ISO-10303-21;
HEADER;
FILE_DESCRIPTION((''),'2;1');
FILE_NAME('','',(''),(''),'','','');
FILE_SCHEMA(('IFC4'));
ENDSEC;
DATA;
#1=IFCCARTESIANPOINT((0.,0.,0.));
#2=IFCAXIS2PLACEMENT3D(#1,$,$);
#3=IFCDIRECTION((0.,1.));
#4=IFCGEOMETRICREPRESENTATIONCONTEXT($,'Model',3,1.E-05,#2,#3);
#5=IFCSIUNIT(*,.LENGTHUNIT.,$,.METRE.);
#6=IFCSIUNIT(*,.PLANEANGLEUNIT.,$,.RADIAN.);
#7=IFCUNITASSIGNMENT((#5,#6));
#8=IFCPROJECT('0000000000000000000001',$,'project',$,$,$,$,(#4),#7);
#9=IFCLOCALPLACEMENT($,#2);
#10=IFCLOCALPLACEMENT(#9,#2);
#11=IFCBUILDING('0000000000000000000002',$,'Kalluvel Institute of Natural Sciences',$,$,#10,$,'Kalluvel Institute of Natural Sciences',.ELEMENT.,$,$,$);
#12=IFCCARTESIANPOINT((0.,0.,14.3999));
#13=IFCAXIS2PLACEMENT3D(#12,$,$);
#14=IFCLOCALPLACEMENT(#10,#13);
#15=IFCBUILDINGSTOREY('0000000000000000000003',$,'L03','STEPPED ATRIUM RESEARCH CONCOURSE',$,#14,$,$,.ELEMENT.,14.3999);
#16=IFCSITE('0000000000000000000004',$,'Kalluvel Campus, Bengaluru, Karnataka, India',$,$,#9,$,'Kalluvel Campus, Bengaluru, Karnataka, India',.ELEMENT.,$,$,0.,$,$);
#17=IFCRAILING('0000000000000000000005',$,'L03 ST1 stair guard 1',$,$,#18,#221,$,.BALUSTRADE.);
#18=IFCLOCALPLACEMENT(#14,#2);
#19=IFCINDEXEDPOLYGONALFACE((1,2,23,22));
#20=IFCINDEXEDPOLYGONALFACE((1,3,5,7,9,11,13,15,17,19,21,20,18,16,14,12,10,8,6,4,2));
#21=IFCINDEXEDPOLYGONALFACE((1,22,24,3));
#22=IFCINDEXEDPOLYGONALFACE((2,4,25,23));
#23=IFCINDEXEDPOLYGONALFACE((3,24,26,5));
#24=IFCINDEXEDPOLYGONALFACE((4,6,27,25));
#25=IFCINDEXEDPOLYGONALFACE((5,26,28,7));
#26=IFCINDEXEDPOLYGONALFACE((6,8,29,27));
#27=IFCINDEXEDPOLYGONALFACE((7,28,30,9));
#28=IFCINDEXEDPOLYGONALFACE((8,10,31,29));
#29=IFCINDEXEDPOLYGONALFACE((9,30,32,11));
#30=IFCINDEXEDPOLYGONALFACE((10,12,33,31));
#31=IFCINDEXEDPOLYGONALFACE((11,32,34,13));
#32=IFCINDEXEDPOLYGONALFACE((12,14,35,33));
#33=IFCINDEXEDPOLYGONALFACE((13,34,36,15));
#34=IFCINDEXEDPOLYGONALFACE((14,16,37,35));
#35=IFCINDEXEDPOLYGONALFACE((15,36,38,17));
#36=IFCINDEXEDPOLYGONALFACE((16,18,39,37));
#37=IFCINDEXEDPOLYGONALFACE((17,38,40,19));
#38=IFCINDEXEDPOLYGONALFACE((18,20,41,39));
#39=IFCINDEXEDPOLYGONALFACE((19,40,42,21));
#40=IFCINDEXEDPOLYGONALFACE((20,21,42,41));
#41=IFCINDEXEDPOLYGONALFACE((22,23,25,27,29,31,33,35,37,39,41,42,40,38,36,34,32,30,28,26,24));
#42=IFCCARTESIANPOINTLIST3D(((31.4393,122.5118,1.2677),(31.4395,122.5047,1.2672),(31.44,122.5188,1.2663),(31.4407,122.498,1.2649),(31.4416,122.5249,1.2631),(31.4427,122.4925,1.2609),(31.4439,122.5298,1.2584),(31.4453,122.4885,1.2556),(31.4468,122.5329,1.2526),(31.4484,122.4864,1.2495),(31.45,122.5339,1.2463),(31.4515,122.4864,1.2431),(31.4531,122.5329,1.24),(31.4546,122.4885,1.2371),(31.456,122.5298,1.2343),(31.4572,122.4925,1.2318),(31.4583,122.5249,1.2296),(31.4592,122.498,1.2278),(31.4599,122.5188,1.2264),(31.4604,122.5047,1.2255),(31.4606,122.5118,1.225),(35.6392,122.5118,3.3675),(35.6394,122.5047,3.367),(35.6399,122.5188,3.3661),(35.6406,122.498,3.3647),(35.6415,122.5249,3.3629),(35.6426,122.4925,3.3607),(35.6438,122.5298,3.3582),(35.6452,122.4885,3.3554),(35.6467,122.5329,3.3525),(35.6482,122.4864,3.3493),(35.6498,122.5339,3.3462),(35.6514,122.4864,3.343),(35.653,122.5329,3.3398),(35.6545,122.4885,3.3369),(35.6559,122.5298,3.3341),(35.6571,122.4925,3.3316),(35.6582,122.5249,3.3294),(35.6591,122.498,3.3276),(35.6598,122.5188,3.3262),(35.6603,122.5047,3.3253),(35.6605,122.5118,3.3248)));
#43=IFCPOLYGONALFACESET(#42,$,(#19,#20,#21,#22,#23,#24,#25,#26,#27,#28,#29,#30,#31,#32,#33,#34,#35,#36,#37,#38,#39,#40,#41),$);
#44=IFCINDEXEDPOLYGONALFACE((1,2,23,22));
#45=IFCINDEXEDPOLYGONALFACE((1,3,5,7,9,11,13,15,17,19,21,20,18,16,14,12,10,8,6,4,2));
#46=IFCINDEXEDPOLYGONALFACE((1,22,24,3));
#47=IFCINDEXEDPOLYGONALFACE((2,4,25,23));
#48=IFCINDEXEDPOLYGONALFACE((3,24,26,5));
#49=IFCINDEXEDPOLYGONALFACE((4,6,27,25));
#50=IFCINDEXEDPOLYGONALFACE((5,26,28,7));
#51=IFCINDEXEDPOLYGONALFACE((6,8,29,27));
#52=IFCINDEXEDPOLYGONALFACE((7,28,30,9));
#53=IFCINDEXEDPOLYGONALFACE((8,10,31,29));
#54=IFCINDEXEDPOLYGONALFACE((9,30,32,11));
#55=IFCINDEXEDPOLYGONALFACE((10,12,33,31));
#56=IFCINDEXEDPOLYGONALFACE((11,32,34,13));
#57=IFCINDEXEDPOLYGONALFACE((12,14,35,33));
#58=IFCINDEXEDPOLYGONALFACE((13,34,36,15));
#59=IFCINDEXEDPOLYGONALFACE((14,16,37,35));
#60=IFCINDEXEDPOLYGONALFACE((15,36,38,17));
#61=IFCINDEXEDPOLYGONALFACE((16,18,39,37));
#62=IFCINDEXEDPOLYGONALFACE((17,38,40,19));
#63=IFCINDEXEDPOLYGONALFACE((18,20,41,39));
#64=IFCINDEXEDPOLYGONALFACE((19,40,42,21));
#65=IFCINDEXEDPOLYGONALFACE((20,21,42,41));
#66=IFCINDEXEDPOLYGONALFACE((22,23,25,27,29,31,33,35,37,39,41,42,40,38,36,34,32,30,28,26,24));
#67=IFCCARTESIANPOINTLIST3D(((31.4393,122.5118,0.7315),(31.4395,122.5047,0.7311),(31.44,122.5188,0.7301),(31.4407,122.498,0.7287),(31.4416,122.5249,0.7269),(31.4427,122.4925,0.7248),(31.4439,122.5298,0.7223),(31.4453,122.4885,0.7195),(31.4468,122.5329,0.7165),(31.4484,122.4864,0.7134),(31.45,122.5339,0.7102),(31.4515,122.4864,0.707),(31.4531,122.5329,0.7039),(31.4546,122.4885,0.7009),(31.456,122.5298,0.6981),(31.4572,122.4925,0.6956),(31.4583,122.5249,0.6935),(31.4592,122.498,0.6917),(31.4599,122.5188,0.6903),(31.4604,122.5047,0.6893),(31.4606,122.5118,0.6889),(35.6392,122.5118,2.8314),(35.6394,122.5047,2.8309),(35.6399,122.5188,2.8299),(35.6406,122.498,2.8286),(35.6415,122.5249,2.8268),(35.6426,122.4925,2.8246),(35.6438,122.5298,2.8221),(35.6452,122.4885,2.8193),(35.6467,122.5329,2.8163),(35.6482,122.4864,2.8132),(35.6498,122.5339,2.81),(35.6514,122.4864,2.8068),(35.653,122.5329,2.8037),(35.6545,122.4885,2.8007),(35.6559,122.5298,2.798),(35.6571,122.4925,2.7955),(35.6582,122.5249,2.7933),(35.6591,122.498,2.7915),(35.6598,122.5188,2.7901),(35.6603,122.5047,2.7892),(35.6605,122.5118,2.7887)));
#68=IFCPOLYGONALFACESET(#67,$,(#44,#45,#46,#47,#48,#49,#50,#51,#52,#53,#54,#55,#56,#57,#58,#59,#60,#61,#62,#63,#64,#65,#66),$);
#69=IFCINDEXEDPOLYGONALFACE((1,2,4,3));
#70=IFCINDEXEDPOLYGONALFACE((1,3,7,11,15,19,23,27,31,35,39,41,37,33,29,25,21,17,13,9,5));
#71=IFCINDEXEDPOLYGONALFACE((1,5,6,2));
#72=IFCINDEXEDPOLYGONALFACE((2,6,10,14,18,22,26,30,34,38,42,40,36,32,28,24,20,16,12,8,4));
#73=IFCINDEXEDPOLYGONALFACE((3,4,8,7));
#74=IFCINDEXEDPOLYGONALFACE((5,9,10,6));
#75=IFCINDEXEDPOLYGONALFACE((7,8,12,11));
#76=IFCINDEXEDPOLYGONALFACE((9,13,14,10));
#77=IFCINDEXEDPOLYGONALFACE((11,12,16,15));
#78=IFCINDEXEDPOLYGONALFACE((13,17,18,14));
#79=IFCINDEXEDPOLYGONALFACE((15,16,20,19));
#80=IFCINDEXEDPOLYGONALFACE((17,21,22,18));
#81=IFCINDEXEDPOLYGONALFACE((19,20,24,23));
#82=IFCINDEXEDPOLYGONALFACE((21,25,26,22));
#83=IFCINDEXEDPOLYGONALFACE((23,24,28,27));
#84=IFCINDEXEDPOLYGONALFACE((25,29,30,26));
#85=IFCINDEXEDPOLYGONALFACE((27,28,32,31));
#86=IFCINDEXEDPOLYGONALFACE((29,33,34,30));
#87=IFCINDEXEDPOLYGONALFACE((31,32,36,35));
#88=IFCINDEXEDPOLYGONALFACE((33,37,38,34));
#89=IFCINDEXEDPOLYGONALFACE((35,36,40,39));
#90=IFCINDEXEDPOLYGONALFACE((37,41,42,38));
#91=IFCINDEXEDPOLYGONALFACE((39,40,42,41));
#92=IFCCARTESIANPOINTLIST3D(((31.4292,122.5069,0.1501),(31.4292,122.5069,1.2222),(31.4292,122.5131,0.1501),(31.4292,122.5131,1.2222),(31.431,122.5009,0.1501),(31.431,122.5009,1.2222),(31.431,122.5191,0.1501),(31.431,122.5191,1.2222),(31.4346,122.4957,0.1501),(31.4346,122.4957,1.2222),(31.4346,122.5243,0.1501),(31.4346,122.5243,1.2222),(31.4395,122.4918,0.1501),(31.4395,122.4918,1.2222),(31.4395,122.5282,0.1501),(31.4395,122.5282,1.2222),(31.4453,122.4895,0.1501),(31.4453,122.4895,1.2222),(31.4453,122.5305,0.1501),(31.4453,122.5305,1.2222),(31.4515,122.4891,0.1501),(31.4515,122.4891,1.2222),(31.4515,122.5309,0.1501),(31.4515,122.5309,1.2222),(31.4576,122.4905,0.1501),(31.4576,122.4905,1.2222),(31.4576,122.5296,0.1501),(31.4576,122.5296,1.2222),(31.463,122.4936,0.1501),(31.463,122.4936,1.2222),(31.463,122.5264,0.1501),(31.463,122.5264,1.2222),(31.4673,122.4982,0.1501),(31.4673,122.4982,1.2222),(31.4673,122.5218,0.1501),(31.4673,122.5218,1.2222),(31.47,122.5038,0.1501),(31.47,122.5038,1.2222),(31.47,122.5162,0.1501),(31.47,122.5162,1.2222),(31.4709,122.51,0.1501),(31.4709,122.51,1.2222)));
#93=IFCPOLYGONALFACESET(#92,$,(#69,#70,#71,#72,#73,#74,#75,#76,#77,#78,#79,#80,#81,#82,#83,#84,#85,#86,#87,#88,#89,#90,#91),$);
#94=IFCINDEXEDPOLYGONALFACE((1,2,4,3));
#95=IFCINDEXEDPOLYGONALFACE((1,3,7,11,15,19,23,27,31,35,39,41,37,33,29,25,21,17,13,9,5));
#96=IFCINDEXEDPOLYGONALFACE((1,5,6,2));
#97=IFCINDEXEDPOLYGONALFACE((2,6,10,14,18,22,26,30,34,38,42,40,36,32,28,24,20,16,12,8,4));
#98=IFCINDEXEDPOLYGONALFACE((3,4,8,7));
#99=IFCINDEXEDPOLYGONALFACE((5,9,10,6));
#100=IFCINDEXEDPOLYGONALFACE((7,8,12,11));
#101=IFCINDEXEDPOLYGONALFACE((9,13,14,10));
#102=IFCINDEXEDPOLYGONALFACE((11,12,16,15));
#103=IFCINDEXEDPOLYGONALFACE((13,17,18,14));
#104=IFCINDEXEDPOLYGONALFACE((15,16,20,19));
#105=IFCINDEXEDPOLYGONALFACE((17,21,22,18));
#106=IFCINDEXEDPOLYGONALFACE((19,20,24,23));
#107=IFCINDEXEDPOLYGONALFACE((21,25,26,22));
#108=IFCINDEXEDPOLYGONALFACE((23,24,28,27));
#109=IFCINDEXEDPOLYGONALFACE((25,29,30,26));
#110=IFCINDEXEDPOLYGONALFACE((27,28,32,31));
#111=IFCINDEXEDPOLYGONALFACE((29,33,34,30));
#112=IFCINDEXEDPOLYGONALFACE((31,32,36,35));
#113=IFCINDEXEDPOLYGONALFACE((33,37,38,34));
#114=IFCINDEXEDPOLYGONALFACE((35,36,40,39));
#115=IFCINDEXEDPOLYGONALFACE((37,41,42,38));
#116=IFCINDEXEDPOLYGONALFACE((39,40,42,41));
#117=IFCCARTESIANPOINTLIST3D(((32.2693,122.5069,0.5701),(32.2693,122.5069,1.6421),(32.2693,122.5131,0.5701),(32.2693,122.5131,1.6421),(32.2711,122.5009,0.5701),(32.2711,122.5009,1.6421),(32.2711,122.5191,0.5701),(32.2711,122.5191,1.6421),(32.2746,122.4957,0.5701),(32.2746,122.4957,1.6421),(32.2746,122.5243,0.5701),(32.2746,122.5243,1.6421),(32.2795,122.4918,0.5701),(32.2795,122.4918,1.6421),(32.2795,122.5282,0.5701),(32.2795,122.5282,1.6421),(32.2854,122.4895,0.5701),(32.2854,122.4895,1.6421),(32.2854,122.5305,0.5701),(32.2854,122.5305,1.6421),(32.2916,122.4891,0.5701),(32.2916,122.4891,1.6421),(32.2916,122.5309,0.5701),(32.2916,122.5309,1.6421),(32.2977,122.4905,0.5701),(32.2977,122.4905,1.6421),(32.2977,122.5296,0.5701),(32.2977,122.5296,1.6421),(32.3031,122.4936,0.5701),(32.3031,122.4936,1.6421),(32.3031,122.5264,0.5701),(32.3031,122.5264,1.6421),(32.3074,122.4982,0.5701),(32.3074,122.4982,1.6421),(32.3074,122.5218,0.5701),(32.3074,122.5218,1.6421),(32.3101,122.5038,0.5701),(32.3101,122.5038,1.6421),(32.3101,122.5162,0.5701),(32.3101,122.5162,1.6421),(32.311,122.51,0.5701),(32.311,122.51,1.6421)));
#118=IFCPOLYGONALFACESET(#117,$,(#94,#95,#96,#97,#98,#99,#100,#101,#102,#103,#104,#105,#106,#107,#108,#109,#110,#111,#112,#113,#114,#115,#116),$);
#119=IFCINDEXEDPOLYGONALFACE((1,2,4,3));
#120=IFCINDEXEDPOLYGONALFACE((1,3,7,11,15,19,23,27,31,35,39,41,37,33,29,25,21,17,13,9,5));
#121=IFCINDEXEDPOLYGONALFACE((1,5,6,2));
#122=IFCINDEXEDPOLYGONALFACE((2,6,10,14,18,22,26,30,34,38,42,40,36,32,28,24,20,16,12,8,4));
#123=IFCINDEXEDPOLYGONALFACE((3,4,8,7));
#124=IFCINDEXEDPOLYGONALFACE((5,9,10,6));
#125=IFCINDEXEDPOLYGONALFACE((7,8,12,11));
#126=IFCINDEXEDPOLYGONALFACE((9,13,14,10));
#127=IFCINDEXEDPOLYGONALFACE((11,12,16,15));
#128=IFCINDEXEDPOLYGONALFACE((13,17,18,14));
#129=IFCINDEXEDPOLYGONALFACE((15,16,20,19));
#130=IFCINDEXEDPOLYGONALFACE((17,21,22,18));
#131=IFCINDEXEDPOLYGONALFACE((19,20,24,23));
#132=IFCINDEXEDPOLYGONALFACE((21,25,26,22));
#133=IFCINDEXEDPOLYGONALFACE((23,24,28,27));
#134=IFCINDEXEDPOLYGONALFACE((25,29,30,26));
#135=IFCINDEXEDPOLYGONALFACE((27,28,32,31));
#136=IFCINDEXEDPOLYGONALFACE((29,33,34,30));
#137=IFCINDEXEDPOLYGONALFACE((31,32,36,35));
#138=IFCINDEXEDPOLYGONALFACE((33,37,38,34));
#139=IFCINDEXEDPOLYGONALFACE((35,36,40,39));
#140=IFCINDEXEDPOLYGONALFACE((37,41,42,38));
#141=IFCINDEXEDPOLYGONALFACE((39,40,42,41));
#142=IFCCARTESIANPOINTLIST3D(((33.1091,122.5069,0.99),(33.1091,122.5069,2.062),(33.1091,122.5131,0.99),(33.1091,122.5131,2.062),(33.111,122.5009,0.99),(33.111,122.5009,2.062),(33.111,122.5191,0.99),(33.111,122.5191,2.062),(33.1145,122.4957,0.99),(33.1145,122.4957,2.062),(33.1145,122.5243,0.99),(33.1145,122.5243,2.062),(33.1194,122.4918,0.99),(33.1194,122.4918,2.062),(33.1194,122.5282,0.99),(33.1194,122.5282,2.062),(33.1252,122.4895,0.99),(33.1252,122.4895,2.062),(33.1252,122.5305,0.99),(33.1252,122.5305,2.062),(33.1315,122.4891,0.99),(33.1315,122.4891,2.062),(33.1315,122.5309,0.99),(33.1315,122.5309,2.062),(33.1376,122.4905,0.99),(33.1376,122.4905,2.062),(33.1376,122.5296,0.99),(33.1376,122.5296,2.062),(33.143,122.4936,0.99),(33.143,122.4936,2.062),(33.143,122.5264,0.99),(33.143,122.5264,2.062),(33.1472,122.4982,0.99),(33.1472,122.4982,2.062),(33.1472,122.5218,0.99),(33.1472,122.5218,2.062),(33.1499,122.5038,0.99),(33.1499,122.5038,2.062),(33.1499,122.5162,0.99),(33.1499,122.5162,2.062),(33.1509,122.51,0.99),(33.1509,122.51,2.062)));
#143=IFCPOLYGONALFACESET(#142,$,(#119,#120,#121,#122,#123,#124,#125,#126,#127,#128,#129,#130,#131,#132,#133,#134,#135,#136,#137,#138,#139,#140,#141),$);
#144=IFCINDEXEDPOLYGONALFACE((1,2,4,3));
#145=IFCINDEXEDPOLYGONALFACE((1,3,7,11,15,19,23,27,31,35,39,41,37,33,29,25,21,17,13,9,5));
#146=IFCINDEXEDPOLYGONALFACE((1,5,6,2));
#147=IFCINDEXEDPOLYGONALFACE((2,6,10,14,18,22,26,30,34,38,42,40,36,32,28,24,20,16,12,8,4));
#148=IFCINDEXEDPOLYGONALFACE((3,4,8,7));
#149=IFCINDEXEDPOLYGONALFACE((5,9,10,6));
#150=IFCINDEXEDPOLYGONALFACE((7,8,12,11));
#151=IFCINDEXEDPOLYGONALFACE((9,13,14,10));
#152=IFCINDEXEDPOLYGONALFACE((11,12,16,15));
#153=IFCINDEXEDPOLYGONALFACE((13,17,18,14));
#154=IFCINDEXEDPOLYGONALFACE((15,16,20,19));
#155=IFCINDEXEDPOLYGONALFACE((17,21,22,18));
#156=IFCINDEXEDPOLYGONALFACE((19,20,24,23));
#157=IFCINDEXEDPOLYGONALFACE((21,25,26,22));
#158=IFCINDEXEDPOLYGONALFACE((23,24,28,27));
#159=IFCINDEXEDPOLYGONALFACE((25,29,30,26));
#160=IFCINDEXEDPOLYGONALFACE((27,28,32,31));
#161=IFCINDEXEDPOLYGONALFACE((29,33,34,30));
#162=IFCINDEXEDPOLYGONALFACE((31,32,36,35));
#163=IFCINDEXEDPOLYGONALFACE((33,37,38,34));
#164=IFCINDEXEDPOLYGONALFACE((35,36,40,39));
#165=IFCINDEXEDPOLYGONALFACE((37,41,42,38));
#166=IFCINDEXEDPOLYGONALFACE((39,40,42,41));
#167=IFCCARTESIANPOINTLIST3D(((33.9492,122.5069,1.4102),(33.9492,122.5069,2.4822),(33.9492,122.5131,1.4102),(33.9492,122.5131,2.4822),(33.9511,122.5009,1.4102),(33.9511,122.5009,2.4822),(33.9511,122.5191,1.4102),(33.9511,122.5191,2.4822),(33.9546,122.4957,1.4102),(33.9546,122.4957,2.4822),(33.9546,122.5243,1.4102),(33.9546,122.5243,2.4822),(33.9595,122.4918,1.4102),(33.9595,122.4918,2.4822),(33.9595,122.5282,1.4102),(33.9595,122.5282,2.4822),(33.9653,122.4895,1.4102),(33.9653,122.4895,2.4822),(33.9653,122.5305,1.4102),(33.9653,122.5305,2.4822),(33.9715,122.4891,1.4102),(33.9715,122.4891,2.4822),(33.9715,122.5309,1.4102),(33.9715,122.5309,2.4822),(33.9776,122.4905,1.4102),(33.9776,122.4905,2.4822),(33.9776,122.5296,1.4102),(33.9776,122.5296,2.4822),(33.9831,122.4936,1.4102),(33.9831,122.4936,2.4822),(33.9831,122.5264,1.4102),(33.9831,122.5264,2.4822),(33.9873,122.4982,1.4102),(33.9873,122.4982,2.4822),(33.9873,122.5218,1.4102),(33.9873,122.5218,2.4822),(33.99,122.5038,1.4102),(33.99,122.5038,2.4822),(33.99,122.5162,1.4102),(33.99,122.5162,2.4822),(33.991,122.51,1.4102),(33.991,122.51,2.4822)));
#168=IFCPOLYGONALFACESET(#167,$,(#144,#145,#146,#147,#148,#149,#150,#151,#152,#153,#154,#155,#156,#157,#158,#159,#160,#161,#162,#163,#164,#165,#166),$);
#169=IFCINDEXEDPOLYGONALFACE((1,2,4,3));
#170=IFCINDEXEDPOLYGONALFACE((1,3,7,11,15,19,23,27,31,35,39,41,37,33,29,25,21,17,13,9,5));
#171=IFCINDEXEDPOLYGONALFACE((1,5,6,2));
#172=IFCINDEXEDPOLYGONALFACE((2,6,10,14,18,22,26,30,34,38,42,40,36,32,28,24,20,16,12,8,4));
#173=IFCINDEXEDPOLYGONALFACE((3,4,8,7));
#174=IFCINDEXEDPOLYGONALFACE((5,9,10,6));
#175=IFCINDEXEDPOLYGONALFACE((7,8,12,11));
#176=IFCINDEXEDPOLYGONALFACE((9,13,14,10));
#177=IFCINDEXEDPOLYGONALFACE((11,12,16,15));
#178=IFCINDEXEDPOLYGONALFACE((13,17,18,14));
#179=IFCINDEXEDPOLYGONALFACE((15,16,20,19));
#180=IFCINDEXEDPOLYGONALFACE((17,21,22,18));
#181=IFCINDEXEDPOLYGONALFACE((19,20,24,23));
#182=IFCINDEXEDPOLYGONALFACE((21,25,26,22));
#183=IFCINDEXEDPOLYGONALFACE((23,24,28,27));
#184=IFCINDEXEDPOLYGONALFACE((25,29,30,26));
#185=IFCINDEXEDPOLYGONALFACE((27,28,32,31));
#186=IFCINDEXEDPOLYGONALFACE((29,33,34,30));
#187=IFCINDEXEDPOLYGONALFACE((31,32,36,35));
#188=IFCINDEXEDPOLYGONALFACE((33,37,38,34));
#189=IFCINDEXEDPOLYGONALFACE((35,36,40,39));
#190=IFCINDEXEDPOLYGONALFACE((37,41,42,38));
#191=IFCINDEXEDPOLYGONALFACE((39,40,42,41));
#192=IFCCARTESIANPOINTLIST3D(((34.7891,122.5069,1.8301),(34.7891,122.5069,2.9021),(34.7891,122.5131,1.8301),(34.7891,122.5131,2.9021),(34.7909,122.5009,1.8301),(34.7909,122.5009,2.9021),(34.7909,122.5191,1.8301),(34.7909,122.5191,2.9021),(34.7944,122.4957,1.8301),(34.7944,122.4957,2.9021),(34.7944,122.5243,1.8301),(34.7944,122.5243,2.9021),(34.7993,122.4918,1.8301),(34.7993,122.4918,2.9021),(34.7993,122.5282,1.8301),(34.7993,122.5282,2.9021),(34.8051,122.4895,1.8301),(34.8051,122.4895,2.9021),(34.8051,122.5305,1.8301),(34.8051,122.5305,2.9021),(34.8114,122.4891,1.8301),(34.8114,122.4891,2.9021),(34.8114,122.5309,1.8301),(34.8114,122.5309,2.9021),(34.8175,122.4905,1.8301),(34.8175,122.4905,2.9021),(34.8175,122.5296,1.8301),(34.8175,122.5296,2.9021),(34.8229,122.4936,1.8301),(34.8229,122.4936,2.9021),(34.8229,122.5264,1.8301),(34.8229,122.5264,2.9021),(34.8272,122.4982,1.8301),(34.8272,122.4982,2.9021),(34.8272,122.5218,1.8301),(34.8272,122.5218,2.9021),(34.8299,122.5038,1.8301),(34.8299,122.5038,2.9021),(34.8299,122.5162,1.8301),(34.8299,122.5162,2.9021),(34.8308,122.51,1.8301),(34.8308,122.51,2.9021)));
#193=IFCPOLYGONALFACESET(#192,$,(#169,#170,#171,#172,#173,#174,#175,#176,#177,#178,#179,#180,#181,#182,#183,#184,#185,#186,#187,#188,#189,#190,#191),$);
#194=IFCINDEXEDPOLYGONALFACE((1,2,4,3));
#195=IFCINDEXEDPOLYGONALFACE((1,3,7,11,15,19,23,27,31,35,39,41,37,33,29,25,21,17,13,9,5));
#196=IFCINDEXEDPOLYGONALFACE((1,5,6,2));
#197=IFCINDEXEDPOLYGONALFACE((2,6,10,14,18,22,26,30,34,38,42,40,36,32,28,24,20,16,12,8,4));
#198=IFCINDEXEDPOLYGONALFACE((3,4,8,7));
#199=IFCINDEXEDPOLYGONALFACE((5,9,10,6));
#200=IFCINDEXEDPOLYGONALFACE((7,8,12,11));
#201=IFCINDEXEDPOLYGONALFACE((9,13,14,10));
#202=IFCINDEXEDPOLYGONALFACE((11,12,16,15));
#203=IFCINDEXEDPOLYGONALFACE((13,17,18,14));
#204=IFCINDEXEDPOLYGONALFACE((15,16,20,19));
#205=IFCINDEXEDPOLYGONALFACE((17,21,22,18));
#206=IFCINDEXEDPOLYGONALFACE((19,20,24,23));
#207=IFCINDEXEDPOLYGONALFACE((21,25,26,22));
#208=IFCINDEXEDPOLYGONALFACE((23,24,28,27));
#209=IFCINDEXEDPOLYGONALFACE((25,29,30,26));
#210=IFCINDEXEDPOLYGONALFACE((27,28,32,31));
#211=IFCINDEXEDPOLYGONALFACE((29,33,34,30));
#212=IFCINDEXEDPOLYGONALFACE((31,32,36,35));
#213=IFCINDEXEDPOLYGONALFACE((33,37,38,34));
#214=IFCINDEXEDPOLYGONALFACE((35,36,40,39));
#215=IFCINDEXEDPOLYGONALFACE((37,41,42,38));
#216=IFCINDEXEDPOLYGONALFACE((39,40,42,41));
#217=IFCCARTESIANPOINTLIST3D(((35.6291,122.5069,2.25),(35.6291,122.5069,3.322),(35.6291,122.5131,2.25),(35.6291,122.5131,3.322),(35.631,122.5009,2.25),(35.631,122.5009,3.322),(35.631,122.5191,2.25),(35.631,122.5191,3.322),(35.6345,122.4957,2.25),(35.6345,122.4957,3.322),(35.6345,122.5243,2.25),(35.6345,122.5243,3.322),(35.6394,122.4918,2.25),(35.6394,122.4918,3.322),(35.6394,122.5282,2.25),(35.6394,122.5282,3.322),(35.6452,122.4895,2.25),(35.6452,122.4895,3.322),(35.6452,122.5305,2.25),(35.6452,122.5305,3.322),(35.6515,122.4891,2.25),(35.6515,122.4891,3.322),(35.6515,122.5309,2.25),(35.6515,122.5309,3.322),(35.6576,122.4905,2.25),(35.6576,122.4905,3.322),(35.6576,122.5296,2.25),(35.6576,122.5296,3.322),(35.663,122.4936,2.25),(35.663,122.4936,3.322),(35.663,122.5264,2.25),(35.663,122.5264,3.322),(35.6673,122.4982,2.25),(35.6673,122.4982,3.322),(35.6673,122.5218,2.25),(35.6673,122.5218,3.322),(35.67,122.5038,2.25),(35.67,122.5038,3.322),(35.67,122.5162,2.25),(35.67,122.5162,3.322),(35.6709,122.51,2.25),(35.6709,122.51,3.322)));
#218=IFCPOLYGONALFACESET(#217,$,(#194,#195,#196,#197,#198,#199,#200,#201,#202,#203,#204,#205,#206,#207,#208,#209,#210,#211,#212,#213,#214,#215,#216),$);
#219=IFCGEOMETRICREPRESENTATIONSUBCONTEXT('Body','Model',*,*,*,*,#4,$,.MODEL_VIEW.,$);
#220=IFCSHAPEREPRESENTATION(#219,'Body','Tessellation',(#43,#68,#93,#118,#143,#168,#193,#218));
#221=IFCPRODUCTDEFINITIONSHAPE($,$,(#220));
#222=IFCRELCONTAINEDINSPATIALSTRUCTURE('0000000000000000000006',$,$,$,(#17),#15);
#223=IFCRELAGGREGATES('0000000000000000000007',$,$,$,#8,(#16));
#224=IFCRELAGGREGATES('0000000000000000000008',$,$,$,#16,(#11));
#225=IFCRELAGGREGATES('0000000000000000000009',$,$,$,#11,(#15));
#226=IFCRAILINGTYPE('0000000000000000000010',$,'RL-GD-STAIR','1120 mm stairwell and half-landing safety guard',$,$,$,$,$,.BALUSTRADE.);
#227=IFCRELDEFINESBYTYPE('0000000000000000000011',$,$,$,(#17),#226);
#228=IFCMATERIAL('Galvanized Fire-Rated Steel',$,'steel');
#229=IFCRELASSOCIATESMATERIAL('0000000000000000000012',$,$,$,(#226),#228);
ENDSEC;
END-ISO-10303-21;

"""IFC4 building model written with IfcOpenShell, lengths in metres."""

from ifc_helpers import new_model, si_unit, direction, frame, origin, origin_2d, place, context, subcontext, project, spatial, circle, extrude, material, type_object, element, save


model = new_model("IFC4")

# Units and contexts
model_context = context("Model", 3, precision=1e-05, world=origin(), true_north=direction((0.0, 1.0)))
body_context = subcontext(model_context, "Body", "Model", "MODEL_VIEW")
ifc_project = project(units=[si_unit("LENGTHUNIT", "METRE"), si_unit("PLANEANGLEUNIT", "RADIAN")], contexts=[model_context])

# Site, building, storey
site_placement = place(None, origin())
site = spatial("IfcSite", under=ifc_project, at=site_placement, Name="Kalluvel Campus, Bengaluru, Karnataka, India", LongName="Kalluvel Campus, Bengaluru, Karnataka, India", CompositionType="ELEMENT", RefElevation=0.0)
building_placement = place(site_placement, origin())
building = spatial("IfcBuilding", under=site, at=building_placement, Name="Kalluvel Institute of Natural Sciences", LongName="Kalluvel Institute of Natural Sciences", CompositionType="ELEMENT")
storey_placement = place(building_placement, frame((0.0, 0.0, 14.3999)))
storey = spatial("IfcBuildingStorey", under=building, at=storey_placement, Name="L03", Description="STEPPED ATRIUM RESEARCH CONCOURSE", CompositionType="ELEMENT", Elevation=14.3999)

# Railing
ifc_material_1 = material(Name="Galvanized Fire-Rated Steel", Category="steel")
railing_type_1 = type_object("IfcRailingType", Name="RL-GD-STAIR", Description="1120 mm stairwell and half-landing safety guard", PredefinedType="BALUSTRADE", material=ifc_material_1)
railing_1_placement = place(storey_placement, frame((31.45, 122.51, 0.1501)))
element("IfcRailing", 1, at=railing_1_placement, inside=storey, type_object=railing_type_1, Name="L03 ST1 stair guard 1", PredefinedType="BALUSTRADE", context=body_context, shape_type="SweptSolid", body=[
    extrude(circle(Radius=0.0239, at=origin_2d()), frame((0.0, 0.0, 1.0962), z_axis=(0.894438, 0.0, 0.447193), x_axis=(0.0, 1.0, 0.0)), (0.0, 0.0, 1.0), 4.6956),
    extrude(circle(Radius=0.0239, at=origin_2d()), frame((0.0, 0.0, 0.5601), z_axis=(0.894438, 0.0, 0.447193), x_axis=(0.0, 1.0, 0.0)), (0.0, 0.0, 1.0), 4.6956),
    extrude(circle(Radius=0.021, at=origin_2d()), origin(), (0.0, 0.0, 1.0), 1.072),
    extrude(circle(Radius=0.021, at=origin_2d()), frame((0.8401, 0.0, 0.4199)), (0.0, 0.0, 1.0), 1.072),
    extrude(circle(Radius=0.021, at=origin_2d()), frame((1.6799, 0.0, 0.8398)), (0.0, 0.0, 1.0), 1.072),
    extrude(circle(Radius=0.021, at=origin_2d()), frame((2.52, 0.0, 1.26)), (0.0, 0.0, 1.0), 1.072),
    extrude(circle(Radius=0.021, at=origin_2d()), frame((3.3599, 0.0, 1.6799)), (0.0, 0.0, 1.0), 1.072),
    extrude(circle(Radius=0.021, at=origin_2d()), frame((4.2, 0.0, 2.0999)), (0.0, 0.0, 1.0), 1.072),
])

save(model, "model.ifc")
